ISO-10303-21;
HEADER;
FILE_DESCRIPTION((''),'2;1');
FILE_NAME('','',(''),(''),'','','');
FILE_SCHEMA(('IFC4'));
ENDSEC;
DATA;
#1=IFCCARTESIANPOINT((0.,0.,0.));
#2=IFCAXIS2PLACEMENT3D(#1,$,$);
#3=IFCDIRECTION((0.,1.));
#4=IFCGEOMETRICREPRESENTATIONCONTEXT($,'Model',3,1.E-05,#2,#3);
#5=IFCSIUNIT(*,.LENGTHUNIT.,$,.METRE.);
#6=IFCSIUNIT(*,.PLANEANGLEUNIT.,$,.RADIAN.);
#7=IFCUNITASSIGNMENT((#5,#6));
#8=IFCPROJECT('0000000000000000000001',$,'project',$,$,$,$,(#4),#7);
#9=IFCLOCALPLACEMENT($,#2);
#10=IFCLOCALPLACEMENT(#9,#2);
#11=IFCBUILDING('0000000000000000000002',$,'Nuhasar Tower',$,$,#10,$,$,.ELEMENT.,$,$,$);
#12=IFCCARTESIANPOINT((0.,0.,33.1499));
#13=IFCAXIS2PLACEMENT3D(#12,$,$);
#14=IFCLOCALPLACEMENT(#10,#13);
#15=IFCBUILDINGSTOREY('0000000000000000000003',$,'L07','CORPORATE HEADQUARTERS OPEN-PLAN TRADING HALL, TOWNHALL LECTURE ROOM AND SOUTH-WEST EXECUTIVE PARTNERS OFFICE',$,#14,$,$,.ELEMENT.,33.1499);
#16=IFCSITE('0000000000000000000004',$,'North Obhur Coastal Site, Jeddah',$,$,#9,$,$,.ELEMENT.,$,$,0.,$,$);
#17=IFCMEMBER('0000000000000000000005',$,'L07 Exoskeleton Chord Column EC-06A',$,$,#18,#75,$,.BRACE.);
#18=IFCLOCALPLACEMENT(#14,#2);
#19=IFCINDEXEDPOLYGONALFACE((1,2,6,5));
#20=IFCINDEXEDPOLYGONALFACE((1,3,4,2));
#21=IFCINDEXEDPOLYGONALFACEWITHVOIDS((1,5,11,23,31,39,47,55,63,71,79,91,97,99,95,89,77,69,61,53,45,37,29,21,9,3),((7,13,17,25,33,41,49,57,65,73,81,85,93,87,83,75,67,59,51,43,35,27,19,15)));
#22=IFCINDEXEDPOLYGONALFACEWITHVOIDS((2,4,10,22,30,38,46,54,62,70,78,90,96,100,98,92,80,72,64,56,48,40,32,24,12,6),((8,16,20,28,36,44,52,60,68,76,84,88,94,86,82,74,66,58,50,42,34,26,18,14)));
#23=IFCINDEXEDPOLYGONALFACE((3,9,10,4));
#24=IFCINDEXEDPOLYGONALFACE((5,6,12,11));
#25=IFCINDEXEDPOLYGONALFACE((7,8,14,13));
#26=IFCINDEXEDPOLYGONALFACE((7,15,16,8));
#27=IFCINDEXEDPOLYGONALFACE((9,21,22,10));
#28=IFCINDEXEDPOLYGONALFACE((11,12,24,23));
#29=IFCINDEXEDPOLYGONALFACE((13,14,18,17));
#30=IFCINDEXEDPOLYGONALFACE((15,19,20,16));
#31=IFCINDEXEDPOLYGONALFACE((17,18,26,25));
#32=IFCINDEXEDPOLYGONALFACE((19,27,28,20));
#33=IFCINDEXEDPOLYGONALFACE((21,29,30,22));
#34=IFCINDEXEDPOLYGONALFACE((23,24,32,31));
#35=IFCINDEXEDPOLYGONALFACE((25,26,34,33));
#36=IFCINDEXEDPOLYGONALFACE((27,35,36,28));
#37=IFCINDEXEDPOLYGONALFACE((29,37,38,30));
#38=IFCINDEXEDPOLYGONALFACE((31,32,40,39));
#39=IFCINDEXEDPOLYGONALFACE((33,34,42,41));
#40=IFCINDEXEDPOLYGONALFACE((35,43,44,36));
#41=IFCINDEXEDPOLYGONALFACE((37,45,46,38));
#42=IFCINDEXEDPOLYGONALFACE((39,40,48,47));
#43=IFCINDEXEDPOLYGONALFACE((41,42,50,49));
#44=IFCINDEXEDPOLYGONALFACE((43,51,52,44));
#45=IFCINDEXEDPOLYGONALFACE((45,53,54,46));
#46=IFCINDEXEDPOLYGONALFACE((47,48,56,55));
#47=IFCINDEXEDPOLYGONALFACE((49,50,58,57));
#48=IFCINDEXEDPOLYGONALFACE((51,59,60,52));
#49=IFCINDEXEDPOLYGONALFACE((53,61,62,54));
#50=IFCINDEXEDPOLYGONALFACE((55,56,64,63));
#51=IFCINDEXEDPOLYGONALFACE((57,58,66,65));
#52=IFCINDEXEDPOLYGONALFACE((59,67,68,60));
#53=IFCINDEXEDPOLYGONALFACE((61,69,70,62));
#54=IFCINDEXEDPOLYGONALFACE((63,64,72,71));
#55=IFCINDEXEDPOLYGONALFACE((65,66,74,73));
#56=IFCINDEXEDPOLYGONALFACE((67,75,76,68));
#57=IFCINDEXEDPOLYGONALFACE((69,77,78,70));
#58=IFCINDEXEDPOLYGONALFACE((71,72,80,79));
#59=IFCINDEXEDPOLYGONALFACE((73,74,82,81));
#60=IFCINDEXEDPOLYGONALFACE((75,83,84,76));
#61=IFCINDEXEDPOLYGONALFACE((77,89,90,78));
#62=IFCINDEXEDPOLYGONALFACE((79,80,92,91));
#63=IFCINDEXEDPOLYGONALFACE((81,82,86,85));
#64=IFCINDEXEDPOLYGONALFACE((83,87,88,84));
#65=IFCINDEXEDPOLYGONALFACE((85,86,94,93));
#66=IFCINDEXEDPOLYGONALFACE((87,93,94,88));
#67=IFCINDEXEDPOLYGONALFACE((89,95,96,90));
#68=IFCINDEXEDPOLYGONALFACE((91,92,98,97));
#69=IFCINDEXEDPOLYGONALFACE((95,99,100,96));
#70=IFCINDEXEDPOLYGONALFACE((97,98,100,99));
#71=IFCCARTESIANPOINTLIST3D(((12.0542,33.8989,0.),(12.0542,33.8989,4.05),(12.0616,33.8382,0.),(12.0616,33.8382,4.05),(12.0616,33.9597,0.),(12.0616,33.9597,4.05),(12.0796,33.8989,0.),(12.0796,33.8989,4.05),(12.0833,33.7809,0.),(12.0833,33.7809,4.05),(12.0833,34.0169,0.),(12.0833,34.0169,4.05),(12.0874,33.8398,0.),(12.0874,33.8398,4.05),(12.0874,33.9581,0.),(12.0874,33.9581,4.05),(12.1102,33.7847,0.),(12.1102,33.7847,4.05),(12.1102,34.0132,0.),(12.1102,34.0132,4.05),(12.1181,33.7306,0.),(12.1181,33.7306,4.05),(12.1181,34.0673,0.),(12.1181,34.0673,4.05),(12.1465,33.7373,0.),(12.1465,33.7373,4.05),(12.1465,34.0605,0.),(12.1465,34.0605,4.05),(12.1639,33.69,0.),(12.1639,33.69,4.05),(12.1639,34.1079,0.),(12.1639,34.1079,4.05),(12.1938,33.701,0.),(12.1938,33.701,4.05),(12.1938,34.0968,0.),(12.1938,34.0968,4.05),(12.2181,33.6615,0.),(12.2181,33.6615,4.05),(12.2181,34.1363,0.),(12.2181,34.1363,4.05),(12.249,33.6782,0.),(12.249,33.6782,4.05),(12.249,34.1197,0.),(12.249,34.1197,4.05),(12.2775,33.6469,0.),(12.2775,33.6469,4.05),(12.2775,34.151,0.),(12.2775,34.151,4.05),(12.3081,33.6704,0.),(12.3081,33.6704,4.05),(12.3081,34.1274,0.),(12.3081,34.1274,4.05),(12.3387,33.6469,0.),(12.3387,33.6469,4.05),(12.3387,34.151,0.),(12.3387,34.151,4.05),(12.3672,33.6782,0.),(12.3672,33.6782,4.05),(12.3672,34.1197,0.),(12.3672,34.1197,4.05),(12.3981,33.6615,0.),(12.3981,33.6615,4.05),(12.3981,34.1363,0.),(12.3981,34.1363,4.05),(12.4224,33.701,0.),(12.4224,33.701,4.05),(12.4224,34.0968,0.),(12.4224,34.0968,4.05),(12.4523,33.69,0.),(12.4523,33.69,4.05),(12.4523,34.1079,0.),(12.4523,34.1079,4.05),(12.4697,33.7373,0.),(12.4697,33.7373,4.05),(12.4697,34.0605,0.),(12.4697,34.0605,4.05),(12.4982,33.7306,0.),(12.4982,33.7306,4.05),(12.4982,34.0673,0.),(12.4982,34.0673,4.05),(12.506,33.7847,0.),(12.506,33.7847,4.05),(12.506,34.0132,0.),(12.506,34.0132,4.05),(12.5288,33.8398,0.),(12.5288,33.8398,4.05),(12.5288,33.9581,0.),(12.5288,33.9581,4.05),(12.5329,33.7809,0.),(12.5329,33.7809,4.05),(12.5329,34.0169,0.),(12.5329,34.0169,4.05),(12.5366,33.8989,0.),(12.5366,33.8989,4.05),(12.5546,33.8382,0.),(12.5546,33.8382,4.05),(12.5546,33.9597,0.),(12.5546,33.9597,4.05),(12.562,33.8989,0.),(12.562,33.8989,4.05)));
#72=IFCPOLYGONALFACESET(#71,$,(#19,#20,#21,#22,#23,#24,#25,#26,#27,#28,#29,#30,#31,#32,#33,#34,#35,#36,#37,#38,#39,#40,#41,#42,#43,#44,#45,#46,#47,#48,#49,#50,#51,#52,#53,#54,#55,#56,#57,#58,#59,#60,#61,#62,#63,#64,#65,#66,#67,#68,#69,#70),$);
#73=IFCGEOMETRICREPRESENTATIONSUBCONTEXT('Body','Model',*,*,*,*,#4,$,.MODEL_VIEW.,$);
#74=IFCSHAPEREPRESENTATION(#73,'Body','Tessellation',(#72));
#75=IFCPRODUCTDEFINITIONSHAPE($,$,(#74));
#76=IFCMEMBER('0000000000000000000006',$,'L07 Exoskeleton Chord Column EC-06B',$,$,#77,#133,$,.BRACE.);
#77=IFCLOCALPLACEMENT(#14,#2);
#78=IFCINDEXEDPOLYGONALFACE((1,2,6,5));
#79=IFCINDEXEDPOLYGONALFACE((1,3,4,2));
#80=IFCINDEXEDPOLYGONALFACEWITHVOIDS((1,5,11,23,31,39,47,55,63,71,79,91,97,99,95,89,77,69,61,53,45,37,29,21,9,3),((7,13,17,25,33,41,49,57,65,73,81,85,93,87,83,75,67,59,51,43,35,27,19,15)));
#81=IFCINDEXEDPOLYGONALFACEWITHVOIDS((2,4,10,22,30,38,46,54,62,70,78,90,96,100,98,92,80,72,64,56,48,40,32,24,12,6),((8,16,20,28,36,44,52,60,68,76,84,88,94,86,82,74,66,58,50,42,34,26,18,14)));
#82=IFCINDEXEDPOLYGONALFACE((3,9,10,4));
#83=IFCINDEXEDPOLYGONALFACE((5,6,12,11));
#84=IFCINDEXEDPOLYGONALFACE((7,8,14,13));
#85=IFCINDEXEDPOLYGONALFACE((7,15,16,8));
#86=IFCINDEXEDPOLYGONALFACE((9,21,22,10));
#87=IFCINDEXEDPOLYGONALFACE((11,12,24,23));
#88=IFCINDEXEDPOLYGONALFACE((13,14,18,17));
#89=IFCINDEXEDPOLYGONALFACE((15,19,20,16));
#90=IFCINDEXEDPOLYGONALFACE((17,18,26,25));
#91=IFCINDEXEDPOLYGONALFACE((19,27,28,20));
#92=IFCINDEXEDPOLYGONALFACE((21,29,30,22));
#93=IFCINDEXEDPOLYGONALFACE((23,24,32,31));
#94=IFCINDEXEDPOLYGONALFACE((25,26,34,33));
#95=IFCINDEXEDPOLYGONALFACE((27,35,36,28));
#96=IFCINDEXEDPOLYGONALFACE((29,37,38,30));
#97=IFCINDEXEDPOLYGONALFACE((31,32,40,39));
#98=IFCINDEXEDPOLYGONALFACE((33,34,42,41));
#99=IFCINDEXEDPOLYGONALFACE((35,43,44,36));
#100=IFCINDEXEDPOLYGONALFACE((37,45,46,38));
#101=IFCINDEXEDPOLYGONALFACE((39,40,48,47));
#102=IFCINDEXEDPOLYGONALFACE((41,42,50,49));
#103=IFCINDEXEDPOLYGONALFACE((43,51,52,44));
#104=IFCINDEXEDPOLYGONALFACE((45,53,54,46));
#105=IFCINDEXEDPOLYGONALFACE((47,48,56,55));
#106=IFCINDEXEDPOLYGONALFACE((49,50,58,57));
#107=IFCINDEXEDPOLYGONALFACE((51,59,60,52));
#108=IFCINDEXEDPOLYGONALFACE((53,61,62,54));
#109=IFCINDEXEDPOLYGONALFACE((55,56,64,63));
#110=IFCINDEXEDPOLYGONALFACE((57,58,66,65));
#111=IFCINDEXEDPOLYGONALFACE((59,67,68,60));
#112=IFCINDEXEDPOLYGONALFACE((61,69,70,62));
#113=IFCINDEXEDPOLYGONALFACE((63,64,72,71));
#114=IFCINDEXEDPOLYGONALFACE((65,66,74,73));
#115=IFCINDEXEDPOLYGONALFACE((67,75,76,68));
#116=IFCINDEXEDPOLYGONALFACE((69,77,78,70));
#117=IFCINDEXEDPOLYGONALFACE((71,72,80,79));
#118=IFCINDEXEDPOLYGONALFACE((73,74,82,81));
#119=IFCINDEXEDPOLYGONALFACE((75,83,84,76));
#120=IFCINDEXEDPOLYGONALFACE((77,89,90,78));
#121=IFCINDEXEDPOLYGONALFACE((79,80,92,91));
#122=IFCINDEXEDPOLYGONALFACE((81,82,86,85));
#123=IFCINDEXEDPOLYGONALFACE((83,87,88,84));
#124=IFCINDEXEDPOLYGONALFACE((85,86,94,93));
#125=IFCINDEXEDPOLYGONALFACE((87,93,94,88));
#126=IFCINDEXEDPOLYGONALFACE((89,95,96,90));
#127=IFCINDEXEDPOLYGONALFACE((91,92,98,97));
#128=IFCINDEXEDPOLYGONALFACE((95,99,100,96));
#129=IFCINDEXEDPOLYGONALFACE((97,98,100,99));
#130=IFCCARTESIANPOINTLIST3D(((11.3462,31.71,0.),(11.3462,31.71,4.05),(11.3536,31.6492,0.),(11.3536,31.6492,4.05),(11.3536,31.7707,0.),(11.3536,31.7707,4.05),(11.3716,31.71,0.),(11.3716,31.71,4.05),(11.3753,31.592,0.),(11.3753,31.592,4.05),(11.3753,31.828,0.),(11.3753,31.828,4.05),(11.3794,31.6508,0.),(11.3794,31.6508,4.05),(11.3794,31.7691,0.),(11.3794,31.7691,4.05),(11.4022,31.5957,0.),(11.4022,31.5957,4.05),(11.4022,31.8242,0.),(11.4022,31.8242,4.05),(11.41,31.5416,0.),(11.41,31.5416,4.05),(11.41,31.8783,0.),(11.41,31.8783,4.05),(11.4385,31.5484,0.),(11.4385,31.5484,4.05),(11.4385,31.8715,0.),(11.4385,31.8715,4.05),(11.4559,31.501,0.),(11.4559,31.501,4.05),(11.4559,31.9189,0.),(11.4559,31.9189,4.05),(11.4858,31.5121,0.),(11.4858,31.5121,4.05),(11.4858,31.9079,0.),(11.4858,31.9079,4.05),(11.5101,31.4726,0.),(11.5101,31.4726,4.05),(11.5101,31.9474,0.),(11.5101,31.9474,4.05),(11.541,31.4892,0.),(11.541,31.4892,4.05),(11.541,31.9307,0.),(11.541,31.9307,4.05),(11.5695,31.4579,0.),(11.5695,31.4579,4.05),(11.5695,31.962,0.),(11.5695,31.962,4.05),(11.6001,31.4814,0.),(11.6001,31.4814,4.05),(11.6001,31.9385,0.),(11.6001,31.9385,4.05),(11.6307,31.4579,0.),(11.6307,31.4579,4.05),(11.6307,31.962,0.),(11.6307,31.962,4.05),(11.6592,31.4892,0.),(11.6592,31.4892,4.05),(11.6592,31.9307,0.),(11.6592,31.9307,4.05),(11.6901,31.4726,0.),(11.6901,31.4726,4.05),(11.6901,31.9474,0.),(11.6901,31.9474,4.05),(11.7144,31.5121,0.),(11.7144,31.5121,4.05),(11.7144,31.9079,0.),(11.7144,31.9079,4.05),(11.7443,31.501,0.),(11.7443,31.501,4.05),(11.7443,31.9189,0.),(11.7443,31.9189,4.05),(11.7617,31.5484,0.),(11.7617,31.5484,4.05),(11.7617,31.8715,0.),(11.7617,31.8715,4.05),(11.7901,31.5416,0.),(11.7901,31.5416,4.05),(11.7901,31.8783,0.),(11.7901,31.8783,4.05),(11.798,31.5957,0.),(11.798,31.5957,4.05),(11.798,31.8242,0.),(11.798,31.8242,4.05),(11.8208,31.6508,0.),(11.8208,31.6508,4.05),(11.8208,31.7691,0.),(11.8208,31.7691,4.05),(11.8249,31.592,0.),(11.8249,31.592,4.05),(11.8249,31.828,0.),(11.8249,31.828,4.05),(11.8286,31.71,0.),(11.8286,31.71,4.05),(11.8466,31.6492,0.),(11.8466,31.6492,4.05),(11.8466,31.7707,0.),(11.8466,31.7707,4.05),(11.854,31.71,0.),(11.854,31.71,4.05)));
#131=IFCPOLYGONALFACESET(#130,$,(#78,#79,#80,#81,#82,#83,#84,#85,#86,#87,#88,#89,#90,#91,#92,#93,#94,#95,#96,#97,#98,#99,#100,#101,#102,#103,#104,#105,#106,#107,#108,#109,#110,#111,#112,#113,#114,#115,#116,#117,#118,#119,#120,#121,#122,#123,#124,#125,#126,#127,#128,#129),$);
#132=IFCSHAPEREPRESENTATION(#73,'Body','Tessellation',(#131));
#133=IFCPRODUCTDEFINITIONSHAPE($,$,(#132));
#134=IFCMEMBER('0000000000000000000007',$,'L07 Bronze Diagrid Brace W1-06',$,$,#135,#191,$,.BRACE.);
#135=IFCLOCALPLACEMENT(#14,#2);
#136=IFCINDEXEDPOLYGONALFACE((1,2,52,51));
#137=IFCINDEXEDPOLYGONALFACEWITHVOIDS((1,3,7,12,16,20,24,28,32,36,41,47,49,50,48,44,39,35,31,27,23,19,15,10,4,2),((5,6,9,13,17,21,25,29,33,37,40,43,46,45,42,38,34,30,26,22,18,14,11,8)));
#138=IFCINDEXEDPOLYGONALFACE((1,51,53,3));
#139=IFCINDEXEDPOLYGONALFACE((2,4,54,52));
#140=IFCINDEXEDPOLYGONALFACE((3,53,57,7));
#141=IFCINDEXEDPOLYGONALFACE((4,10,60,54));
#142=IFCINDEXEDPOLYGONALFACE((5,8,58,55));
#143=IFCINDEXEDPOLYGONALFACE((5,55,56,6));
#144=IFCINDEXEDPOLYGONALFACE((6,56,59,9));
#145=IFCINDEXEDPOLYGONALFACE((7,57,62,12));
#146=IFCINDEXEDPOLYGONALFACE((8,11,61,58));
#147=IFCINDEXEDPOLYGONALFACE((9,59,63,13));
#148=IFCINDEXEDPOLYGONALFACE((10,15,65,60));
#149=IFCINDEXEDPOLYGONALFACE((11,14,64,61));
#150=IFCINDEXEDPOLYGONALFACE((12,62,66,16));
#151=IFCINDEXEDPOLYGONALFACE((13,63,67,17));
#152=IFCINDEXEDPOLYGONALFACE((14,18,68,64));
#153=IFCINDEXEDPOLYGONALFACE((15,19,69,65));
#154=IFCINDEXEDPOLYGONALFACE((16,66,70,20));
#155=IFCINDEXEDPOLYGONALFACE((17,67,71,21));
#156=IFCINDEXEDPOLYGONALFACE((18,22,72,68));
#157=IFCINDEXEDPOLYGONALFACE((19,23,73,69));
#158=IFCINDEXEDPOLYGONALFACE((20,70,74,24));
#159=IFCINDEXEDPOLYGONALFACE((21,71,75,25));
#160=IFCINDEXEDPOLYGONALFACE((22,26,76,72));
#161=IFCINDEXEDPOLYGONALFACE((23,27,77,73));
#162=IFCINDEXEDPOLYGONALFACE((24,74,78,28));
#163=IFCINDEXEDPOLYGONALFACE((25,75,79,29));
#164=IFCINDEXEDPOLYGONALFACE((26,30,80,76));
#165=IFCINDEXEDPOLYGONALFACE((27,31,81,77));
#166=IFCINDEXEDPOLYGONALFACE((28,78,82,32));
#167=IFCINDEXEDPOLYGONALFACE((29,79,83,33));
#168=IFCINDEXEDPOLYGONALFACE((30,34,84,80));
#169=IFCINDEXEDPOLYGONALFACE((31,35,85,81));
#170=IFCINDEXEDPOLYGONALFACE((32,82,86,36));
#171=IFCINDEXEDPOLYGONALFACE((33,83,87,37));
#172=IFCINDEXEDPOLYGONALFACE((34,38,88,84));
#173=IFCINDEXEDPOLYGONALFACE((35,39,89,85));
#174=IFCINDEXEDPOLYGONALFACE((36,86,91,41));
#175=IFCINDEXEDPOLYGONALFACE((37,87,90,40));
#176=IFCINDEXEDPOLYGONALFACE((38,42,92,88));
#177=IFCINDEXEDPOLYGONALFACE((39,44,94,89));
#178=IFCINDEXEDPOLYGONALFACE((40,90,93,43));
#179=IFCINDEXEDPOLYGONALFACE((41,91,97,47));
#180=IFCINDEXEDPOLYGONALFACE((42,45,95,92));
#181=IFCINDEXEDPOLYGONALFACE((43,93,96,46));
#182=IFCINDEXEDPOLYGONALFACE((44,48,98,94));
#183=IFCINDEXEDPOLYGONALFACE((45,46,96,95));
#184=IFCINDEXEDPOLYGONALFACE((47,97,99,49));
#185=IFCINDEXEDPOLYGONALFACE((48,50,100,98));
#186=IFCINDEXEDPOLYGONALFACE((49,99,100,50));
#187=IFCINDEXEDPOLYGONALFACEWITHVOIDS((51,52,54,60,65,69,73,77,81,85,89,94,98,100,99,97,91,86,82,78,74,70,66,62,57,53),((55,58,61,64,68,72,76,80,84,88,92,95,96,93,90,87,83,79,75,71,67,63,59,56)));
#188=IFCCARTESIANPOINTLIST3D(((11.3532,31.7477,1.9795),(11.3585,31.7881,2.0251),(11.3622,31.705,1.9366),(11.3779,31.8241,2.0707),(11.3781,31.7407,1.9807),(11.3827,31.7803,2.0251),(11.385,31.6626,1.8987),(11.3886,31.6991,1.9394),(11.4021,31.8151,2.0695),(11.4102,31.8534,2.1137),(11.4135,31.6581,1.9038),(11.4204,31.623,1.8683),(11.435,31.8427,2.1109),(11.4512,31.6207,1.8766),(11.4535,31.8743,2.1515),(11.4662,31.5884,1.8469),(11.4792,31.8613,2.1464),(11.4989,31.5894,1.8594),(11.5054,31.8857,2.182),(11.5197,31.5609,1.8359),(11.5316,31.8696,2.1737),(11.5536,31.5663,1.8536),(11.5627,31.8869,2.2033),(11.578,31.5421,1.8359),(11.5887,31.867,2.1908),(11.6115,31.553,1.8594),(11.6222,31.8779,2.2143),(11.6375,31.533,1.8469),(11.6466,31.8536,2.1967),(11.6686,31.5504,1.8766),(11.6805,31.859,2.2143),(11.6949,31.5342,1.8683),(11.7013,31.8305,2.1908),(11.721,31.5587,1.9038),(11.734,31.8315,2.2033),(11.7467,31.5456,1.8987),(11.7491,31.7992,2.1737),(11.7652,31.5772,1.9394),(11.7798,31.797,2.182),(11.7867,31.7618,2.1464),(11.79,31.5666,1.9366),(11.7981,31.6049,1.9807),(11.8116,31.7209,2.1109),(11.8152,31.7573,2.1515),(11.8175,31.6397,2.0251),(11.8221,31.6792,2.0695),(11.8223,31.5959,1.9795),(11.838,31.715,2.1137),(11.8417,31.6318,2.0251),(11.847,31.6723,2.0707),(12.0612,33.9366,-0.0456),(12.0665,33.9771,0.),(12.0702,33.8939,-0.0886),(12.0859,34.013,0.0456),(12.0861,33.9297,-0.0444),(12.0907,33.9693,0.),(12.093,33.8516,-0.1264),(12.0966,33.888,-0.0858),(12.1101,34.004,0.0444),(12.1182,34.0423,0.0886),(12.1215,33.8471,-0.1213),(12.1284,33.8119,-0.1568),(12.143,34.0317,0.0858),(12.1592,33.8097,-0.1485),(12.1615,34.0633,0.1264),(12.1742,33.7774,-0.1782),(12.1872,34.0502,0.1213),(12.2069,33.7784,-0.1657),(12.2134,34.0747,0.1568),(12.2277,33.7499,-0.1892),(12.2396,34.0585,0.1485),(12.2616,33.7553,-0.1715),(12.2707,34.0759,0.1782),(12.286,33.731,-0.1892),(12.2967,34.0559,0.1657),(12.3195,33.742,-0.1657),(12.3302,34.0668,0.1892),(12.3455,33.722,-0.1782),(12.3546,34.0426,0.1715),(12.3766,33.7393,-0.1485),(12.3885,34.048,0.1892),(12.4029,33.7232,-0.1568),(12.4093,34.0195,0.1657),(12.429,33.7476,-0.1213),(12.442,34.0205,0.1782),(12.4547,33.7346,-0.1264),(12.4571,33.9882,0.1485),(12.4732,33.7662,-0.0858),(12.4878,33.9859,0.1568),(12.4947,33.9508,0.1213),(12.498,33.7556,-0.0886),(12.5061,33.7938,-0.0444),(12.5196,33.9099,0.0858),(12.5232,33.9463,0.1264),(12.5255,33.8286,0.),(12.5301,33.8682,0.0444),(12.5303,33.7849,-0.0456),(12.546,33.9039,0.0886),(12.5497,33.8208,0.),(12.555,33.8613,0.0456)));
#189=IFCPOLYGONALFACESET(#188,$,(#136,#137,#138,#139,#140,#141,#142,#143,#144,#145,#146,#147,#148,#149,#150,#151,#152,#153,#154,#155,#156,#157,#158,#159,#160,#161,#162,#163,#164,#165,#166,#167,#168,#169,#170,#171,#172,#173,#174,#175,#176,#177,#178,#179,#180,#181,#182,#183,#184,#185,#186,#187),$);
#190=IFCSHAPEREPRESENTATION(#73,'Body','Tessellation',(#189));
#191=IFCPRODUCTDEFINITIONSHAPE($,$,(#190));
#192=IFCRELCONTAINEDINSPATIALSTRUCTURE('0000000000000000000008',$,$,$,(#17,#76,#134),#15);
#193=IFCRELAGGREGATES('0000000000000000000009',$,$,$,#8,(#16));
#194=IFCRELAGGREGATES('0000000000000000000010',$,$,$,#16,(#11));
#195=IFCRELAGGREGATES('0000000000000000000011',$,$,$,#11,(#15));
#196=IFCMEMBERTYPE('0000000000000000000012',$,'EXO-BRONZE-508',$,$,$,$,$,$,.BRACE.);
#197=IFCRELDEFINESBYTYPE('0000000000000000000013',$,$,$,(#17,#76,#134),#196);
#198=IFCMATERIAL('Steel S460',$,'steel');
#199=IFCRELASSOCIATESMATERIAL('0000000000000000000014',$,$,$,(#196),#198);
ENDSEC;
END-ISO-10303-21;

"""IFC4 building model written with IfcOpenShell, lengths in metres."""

from ifc_helpers import new_model, si_unit, direction, frame, origin, origin_2d, place, context, subcontext, project, spatial, hollow_circle, extrude, material, material_profile, profile_set, type_object, element, save


model = new_model("IFC4")

# Units and contexts
model_context = context("Model", 3, precision=1e-05, world=origin(), true_north=direction((0.0, 1.0)))
body_context = subcontext(model_context, "Body", "Model", "MODEL_VIEW")
ifc_project = project(units=[si_unit("LENGTHUNIT", "METRE"), si_unit("PLANEANGLEUNIT", "RADIAN")], contexts=[model_context])

# Site, building, storey
site_placement = place(None, origin())
site = spatial("IfcSite", under=ifc_project, at=site_placement, Name="North Obhur Coastal Site, Jeddah", CompositionType="ELEMENT", RefElevation=0.0)
building_placement = place(site_placement, origin())
building = spatial("IfcBuilding", under=site, at=building_placement, Name="Nuhasar Tower", CompositionType="ELEMENT")
storey_placement = place(building_placement, frame((0.0, 0.0, 33.1499)))
storey = spatial("IfcBuildingStorey", under=building, at=storey_placement, Name="L07", Description="CORPORATE HEADQUARTERS OPEN-PLAN TRADING HALL, TOWNHALL LECTURE ROOM AND SOUTH-WEST EXECUTIVE PARTNERS OFFICE", CompositionType="ELEMENT", Elevation=33.1499)

# Members
ifc_material_1 = material(Name="Steel S460", Category="steel")
ifc_material_profile_1 = material_profile(ifc_material_1, hollow_circle(Radius=0.2539, WallThickness=0.0254, at=origin_2d()), Name="HSS508X25.4")
ifc_profile_set_1 = profile_set([ifc_material_profile_1], Name="Steel S460")
member_type_1 = type_object("IfcMemberType", Name="EXO-BRONZE-508", PredefinedType="BRACE", material=ifc_profile_set_1)
for number, where, z_axis, x_axis, name in (
    (1, (12.3081, 33.8989, 0.0), (0.0, 0.0, 1.0), (1.0, 0.0, 0.0), "L07 Exoskeleton Chord Column EC-06A"),
    (2, (11.6001, 31.71, 0.0), (0.0, 0.0, 1.0), (1.0, 0.0, 0.0), "L07 Exoskeleton Chord Column EC-06B"),
):
    element("IfcMember", number, at=place(storey_placement, frame(where, z_axis=z_axis, x_axis=x_axis)), inside=storey, type_object=member_type_1, Name=name, PredefinedType="BRACE", context=body_context, shape_type="SweptSolid", body=[
        extrude(hollow_circle(Radius=0.2539, WallThickness=0.0254, at=origin_2d()), origin(), (0.0, 0.0, 1.0), 4.05),
    ])
member_1_placement = place(storey_placement, frame((12.3081, 33.8989, 0.0), z_axis=(-0.231, -0.714187, 0.660739), x_axis=(0.951468, -0.307747, 0.0)))
element("IfcMember", 3, at=member_1_placement, inside=storey, type_object=member_type_1, Name="L07 Bronze Diagrid Brace W1-06", PredefinedType="BRACE", context=body_context, shape_type="SweptSolid", body=[
    extrude(hollow_circle(Radius=0.2539, WallThickness=0.0254, at=origin_2d()), origin(), (0.0, 0.0, 1.0), 3.0649),
])

save(model, "model.ifc")
